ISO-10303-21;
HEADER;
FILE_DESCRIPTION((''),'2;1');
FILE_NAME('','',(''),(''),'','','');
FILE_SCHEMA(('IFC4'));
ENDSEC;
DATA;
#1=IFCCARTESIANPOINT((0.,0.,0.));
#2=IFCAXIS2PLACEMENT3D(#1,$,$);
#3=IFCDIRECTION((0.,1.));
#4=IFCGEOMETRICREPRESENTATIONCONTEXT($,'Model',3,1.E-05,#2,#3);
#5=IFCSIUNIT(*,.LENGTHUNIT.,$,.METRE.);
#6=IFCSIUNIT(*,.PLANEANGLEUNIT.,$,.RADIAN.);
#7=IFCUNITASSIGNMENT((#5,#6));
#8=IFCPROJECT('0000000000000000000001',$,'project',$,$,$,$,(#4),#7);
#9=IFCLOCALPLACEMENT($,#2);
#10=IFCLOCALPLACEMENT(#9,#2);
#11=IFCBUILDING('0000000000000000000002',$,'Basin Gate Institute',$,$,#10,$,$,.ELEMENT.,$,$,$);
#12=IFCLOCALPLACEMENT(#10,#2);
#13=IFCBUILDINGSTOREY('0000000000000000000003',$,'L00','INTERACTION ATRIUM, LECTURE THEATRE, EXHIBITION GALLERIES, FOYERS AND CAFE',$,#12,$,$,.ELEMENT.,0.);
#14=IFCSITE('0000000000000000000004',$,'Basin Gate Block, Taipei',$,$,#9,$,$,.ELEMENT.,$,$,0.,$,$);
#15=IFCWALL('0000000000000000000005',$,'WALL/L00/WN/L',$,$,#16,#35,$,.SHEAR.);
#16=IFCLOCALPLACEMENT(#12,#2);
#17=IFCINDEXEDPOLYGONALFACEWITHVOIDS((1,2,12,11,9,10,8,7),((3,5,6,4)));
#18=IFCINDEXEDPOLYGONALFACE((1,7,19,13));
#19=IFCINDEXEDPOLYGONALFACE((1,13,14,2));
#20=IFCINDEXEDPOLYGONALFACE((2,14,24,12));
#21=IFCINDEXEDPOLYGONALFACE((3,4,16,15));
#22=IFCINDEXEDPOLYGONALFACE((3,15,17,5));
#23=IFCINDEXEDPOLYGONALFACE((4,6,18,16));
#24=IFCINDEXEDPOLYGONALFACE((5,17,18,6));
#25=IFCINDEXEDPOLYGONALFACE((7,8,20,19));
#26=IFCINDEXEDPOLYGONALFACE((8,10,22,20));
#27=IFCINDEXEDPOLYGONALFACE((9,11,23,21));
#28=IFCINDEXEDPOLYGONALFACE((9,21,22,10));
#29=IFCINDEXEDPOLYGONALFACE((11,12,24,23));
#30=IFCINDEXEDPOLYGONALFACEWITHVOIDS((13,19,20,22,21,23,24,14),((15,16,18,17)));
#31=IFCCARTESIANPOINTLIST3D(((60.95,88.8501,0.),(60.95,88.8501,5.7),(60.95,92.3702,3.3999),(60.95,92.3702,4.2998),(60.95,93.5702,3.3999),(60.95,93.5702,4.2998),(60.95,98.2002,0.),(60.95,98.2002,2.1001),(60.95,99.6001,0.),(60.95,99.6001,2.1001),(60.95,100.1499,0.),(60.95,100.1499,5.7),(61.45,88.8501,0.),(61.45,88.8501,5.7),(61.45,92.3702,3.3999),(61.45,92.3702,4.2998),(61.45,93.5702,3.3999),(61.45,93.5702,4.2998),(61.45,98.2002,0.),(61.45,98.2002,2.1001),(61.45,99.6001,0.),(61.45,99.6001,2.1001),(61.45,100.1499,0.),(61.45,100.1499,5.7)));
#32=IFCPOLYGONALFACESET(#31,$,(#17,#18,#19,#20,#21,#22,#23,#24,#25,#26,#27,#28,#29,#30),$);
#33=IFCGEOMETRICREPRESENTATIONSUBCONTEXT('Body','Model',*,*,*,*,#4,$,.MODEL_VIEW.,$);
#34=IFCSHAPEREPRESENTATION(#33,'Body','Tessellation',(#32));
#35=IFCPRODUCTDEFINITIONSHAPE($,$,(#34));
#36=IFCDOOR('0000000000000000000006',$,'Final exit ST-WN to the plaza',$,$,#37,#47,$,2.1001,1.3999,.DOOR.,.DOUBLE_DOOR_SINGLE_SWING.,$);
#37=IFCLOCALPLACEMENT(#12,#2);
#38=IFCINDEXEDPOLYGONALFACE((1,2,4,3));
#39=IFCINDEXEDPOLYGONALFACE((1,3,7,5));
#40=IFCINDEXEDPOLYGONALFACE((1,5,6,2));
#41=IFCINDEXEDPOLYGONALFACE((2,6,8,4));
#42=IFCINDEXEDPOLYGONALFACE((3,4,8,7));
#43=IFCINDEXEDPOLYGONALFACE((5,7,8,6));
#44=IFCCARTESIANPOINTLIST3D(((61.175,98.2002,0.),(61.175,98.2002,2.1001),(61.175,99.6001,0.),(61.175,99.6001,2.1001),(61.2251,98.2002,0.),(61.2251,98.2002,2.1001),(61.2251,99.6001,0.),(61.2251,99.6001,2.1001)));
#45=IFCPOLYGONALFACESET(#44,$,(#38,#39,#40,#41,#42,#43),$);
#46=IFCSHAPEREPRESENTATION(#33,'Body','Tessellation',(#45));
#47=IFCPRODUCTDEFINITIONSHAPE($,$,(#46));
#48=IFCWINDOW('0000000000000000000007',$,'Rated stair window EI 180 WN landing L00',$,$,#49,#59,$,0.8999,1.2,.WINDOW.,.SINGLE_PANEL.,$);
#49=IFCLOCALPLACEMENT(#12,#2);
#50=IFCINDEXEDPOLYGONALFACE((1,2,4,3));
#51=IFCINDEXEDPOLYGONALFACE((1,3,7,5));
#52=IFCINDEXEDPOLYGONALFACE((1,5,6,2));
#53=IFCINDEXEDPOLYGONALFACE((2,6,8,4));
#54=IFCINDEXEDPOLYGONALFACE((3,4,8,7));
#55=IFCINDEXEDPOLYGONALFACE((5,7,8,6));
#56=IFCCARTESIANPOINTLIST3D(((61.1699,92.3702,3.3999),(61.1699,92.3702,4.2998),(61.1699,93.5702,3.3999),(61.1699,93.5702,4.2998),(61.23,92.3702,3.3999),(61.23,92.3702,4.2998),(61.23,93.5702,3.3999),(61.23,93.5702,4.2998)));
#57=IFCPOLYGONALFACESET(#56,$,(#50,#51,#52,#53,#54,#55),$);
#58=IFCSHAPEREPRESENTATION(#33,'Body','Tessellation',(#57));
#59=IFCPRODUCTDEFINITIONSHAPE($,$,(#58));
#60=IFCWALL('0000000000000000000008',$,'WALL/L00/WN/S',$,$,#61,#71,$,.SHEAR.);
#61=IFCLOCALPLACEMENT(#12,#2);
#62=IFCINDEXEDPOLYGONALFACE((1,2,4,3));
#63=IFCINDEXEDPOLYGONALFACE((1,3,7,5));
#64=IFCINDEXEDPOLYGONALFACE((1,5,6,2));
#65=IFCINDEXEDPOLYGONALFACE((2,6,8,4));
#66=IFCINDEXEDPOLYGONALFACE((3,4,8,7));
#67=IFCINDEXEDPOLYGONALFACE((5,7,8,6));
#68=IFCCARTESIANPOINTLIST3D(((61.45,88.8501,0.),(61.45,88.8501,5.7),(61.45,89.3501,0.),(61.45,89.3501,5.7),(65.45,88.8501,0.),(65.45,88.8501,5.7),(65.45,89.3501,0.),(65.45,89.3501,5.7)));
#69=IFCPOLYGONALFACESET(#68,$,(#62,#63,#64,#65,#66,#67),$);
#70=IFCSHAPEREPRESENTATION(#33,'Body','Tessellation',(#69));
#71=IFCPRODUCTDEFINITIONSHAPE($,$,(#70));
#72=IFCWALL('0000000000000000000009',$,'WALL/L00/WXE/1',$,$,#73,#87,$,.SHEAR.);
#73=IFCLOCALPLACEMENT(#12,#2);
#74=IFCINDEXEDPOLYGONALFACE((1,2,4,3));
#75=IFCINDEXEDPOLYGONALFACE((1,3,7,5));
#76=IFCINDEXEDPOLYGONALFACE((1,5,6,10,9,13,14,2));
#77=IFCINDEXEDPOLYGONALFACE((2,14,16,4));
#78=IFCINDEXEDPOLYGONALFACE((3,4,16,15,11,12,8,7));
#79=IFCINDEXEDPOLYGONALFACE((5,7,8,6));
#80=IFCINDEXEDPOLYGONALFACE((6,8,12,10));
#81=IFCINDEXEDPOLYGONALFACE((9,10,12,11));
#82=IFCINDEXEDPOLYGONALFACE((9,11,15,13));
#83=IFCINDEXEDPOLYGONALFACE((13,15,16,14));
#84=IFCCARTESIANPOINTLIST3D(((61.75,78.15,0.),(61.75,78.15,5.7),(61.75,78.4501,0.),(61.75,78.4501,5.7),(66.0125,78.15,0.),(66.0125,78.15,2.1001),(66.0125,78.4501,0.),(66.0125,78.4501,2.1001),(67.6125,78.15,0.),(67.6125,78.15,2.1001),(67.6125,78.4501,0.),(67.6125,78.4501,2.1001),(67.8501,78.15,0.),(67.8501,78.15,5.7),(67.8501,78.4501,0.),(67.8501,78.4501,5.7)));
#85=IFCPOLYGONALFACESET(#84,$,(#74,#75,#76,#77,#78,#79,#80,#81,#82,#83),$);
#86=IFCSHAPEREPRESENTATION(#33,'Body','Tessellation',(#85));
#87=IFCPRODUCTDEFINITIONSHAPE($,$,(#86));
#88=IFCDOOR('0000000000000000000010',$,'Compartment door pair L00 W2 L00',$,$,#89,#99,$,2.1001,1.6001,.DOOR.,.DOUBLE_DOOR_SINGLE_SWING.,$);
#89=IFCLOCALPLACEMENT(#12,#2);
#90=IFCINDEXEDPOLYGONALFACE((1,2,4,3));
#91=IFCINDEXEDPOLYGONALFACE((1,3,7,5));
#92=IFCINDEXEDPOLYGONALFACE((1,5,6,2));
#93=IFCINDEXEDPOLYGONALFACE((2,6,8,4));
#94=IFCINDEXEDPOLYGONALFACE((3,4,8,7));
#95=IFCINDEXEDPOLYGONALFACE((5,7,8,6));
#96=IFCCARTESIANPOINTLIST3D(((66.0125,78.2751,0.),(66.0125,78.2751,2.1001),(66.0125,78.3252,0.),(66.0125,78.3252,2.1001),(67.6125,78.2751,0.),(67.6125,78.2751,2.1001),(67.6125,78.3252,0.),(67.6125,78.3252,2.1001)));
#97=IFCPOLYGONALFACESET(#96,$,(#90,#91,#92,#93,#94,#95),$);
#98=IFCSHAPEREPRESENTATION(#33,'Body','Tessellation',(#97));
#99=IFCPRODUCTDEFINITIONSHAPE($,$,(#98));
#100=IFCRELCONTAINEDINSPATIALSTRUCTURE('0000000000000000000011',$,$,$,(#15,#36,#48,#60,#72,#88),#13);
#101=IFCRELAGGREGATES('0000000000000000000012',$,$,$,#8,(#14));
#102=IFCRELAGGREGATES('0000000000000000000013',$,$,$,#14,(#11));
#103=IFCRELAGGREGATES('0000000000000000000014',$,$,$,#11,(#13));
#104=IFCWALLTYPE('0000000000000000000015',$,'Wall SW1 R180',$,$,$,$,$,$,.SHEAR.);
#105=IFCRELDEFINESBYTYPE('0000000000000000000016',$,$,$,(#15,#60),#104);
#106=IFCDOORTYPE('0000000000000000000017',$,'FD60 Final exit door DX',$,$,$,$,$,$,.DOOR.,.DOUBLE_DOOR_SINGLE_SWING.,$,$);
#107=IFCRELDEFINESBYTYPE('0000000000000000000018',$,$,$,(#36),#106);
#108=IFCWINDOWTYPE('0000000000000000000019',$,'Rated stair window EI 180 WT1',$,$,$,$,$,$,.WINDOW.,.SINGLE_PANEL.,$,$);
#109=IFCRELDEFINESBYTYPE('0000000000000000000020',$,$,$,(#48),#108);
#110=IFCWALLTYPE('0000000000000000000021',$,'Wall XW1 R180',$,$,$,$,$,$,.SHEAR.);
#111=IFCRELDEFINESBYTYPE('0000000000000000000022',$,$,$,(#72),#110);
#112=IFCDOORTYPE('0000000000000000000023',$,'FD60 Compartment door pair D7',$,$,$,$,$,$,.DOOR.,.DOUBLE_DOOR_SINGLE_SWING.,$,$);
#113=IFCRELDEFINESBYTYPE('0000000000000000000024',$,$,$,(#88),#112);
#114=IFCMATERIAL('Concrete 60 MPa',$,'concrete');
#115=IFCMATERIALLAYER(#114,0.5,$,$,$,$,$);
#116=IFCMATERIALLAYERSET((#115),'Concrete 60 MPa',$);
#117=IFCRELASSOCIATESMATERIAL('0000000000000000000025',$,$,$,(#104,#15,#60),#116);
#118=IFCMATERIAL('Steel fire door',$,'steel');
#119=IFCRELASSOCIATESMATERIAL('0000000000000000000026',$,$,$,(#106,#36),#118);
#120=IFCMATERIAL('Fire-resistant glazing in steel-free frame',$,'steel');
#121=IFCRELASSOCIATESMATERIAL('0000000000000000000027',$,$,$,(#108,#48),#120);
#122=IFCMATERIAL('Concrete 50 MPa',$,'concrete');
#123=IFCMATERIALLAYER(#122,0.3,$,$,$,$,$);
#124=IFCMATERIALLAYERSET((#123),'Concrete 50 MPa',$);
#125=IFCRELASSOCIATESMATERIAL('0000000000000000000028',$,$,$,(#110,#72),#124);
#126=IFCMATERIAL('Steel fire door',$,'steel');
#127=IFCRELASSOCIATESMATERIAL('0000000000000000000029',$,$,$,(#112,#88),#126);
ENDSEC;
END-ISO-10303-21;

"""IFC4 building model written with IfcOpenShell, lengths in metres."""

from ifc_helpers import new_model, si_unit, direction, frame, frame_2d, origin, place, context, subcontext, project, spatial, rectangle, extrude, material, layer, layer_set, type_object, element, fill, save


model = new_model("IFC4")

# Units and contexts
model_context = context("Model", 3, precision=1e-05, world=origin(), true_north=direction((0.0, 1.0)))
body_context = subcontext(model_context, "Body", "Model", "MODEL_VIEW")
ifc_project = project(units=[si_unit("LENGTHUNIT", "METRE"), si_unit("PLANEANGLEUNIT", "RADIAN")], contexts=[model_context])

# Site, building, storey
site_placement = place(None, origin())
site = spatial("IfcSite", under=ifc_project, at=site_placement, Name="Basin Gate Block, Taipei", CompositionType="ELEMENT", RefElevation=0.0)
building_placement = place(site_placement, origin())
building = spatial("IfcBuilding", under=site, at=building_placement, Name="Basin Gate Institute", CompositionType="ELEMENT")
storey_placement = place(building_placement, origin())
storey = spatial("IfcBuildingStorey", under=building, at=storey_placement, Name="L00", Description="INTERACTION ATRIUM, LECTURE THEATRE, EXHIBITION GALLERIES, FOYERS AND CAFE", CompositionType="ELEMENT", Elevation=0.0)

# Shared definitions
ifc_material_1 = material(Name="Concrete 60 MPa", Category="concrete")
ifc_layer_1 = layer(ifc_material_1, 0.5)
ifc_layer_set_1 = layer_set([ifc_layer_1], Name="Concrete 60 MPa")
wall_type_1 = type_object("IfcWallType", Name="Wall SW1 R180", PredefinedType="SHEAR", material=ifc_layer_set_1)

# Wall, openings, door, window
wall_1_placement = place(storey_placement, frame((61.2, 88.8501, 0.0), z_axis=(0.0, 0.0, 1.0), x_axis=(0.0, 1.0, 0.0)))
wall_1 = element("IfcWall", 1, at=wall_1_placement, inside=storey, type_object=wall_type_1, material=ifc_layer_set_1, Name="WALL/L00/WN/L", PredefinedType="SHEAR", context=body_context, shape_type="SweptSolid", body=[
    extrude(rectangle(XDim=11.2998, YDim=0.5, at=frame_2d((5.6499, 0.0))), origin(), (0.0, 0.0, 1.0), 5.7),
])
opening_1_placement = place(wall_1_placement, frame((9.3501, 0.0, 0.0)))
opening_1 = element("IfcOpeningElement", 2, at=opening_1_placement, cuts=wall_1, PredefinedType="OPENING", context=body_context, shape_type="SweptSolid", body=[
    extrude(rectangle(XDim=1.3999, YDim=2.1001, at=frame_2d((0.7, 1.05))), frame((0.0, 0.26, 0.0), z_axis=(0.0, -1.0, 0.0), x_axis=(1.0, 0.0, 0.0)), (0.0, 0.0, 1.0), 0.52),
])
opening_2_placement = place(wall_1_placement, frame((3.52, 0.0, 3.3999)))
opening_2 = element("IfcOpeningElement", 3, at=opening_2_placement, cuts=wall_1, PredefinedType="OPENING", context=body_context, shape_type="SweptSolid", body=[
    extrude(rectangle(XDim=1.2, YDim=0.8999, at=frame_2d((0.6001, 0.45))), frame((0.0, 0.26, 0.0), z_axis=(0.0, -1.0, 0.0), x_axis=(1.0, 0.0, 0.0)), (0.0, 0.0, 1.0), 0.52),
])
ifc_material_2 = material(Name="Steel fire door", Category="steel")
door_type_1 = type_object("IfcDoorType", Name="FD60 Final exit door DX", OperationType="DOUBLE_DOOR_SINGLE_SWING", PredefinedType="DOOR", material=ifc_material_2)
door_1_placement = place(opening_1_placement, origin())
door_1 = element("IfcDoor", 4, at=door_1_placement, inside=storey, type_object=door_type_1, material=ifc_material_2, Name="Final exit ST-WN to the plaza", OperationType="DOUBLE_DOOR_SINGLE_SWING", OverallHeight=2.1001, OverallWidth=1.3999, PredefinedType="DOOR", context=body_context, shape_type="SweptSolid", body=[
    extrude(rectangle(XDim=1.3999, YDim=2.1001, at=frame_2d((0.7, 1.05))), frame((0.0, 0.0249, 0.0), z_axis=(0.0, -1.0, 0.0), x_axis=(1.0, 0.0, 0.0)), (0.0, 0.0, 1.0), 0.05),
])
fill(opening_1, door_1)
ifc_material_3 = material(Name="Fire-resistant glazing in steel-free frame", Category="steel")
window_type_1 = type_object("IfcWindowType", Name="Rated stair window EI 180 WT1", PartitioningType="SINGLE_PANEL", PredefinedType="WINDOW", material=ifc_material_3)
window_1_placement = place(opening_2_placement, origin())
window_1 = element("IfcWindow", 5, at=window_1_placement, inside=storey, type_object=window_type_1, material=ifc_material_3, Name="Rated stair window EI 180 WN landing L00", OverallHeight=0.8999, OverallWidth=1.2, PartitioningType="SINGLE_PANEL", PredefinedType="WINDOW", context=body_context, shape_type="SweptSolid", body=[
    extrude(rectangle(XDim=1.2, YDim=0.8999, at=frame_2d((0.6001, 0.45))), frame((0.0, 0.03, 0.0), z_axis=(0.0, -1.0, 0.0), x_axis=(1.0, 0.0, 0.0)), (0.0, 0.0, 1.0), 0.0601),
])
fill(opening_2, window_1)

# Wall
wall_2_placement = place(storey_placement, frame((61.45, 89.1001, 0.0), z_axis=(0.0, 0.0, 1.0), x_axis=(1.0, 0.0, 0.0)))
element("IfcWall", 6, at=wall_2_placement, inside=storey, type_object=wall_type_1, material=ifc_layer_set_1, Name="WALL/L00/WN/S", PredefinedType="SHEAR", context=body_context, shape_type="SweptSolid", body=[
    extrude(rectangle(XDim=4.0, YDim=0.5, at=frame_2d((2.0, 0.0))), origin(), (0.0, 0.0, 1.0), 5.7),
])

# Wall, opening, door
ifc_material_4 = material(Name="Concrete 50 MPa", Category="concrete")
ifc_layer_2 = layer(ifc_material_4, 0.3)
ifc_layer_set_2 = layer_set([ifc_layer_2], Name="Concrete 50 MPa")
wall_type_2 = type_object("IfcWallType", Name="Wall XW1 R180", PredefinedType="SHEAR", material=ifc_layer_set_2)
wall_3_placement = place(storey_placement, frame((61.75, 78.3, 0.0), z_axis=(0.0, 0.0, 1.0), x_axis=(1.0, 0.0, 0.0)))
wall_3 = element("IfcWall", 7, at=wall_3_placement, inside=storey, type_object=wall_type_2, material=ifc_layer_set_2, Name="WALL/L00/WXE/1", PredefinedType="SHEAR", context=body_context, shape_type="SweptSolid", body=[
    extrude(rectangle(XDim=6.1001, YDim=0.3, at=frame_2d((3.05, 0.0))), origin(), (0.0, 0.0, 1.0), 5.7),
])
opening_3_placement = place(wall_3_placement, frame((4.2625, 0.0, 0.0)))
opening_3 = element("IfcOpeningElement", 8, at=opening_3_placement, cuts=wall_3, PredefinedType="OPENING", context=body_context, shape_type="SweptSolid", body=[
    extrude(rectangle(XDim=1.6001, YDim=2.1001, at=frame_2d((0.8, 1.05))), frame((0.0, 0.1602, 0.0), z_axis=(0.0, -1.0, 0.0), x_axis=(1.0, 0.0, 0.0)), (0.0, 0.0, 1.0), 0.3201),
])
ifc_material_5 = material(Name="Steel fire door", Category="steel")
door_type_2 = type_object("IfcDoorType", Name="FD60 Compartment door pair D7", OperationType="DOUBLE_DOOR_SINGLE_SWING", PredefinedType="DOOR", material=ifc_material_5)
door_2_placement = place(opening_3_placement, frame((1.6001, 0.0, 0.0), z_axis=(0.0, 0.0, 1.0), x_axis=(-1.0, 0.0, 0.0)))
door_2 = element("IfcDoor", 9, at=door_2_placement, inside=storey, type_object=door_type_2, material=ifc_material_5, Name="Compartment door pair L00 W2 L00", OperationType="DOUBLE_DOOR_SINGLE_SWING", OverallHeight=2.1001, OverallWidth=1.6001, PredefinedType="DOOR", context=body_context, shape_type="SweptSolid", body=[
    extrude(rectangle(XDim=1.6001, YDim=2.1001, at=frame_2d((0.8, 1.05))), frame((0.0, 0.0249, 0.0), z_axis=(0.0, -1.0, 0.0), x_axis=(1.0, 0.0, 0.0)), (0.0, 0.0, 1.0), 0.05),
])
fill(opening_3, door_2)

save(model, "model.ifc")
